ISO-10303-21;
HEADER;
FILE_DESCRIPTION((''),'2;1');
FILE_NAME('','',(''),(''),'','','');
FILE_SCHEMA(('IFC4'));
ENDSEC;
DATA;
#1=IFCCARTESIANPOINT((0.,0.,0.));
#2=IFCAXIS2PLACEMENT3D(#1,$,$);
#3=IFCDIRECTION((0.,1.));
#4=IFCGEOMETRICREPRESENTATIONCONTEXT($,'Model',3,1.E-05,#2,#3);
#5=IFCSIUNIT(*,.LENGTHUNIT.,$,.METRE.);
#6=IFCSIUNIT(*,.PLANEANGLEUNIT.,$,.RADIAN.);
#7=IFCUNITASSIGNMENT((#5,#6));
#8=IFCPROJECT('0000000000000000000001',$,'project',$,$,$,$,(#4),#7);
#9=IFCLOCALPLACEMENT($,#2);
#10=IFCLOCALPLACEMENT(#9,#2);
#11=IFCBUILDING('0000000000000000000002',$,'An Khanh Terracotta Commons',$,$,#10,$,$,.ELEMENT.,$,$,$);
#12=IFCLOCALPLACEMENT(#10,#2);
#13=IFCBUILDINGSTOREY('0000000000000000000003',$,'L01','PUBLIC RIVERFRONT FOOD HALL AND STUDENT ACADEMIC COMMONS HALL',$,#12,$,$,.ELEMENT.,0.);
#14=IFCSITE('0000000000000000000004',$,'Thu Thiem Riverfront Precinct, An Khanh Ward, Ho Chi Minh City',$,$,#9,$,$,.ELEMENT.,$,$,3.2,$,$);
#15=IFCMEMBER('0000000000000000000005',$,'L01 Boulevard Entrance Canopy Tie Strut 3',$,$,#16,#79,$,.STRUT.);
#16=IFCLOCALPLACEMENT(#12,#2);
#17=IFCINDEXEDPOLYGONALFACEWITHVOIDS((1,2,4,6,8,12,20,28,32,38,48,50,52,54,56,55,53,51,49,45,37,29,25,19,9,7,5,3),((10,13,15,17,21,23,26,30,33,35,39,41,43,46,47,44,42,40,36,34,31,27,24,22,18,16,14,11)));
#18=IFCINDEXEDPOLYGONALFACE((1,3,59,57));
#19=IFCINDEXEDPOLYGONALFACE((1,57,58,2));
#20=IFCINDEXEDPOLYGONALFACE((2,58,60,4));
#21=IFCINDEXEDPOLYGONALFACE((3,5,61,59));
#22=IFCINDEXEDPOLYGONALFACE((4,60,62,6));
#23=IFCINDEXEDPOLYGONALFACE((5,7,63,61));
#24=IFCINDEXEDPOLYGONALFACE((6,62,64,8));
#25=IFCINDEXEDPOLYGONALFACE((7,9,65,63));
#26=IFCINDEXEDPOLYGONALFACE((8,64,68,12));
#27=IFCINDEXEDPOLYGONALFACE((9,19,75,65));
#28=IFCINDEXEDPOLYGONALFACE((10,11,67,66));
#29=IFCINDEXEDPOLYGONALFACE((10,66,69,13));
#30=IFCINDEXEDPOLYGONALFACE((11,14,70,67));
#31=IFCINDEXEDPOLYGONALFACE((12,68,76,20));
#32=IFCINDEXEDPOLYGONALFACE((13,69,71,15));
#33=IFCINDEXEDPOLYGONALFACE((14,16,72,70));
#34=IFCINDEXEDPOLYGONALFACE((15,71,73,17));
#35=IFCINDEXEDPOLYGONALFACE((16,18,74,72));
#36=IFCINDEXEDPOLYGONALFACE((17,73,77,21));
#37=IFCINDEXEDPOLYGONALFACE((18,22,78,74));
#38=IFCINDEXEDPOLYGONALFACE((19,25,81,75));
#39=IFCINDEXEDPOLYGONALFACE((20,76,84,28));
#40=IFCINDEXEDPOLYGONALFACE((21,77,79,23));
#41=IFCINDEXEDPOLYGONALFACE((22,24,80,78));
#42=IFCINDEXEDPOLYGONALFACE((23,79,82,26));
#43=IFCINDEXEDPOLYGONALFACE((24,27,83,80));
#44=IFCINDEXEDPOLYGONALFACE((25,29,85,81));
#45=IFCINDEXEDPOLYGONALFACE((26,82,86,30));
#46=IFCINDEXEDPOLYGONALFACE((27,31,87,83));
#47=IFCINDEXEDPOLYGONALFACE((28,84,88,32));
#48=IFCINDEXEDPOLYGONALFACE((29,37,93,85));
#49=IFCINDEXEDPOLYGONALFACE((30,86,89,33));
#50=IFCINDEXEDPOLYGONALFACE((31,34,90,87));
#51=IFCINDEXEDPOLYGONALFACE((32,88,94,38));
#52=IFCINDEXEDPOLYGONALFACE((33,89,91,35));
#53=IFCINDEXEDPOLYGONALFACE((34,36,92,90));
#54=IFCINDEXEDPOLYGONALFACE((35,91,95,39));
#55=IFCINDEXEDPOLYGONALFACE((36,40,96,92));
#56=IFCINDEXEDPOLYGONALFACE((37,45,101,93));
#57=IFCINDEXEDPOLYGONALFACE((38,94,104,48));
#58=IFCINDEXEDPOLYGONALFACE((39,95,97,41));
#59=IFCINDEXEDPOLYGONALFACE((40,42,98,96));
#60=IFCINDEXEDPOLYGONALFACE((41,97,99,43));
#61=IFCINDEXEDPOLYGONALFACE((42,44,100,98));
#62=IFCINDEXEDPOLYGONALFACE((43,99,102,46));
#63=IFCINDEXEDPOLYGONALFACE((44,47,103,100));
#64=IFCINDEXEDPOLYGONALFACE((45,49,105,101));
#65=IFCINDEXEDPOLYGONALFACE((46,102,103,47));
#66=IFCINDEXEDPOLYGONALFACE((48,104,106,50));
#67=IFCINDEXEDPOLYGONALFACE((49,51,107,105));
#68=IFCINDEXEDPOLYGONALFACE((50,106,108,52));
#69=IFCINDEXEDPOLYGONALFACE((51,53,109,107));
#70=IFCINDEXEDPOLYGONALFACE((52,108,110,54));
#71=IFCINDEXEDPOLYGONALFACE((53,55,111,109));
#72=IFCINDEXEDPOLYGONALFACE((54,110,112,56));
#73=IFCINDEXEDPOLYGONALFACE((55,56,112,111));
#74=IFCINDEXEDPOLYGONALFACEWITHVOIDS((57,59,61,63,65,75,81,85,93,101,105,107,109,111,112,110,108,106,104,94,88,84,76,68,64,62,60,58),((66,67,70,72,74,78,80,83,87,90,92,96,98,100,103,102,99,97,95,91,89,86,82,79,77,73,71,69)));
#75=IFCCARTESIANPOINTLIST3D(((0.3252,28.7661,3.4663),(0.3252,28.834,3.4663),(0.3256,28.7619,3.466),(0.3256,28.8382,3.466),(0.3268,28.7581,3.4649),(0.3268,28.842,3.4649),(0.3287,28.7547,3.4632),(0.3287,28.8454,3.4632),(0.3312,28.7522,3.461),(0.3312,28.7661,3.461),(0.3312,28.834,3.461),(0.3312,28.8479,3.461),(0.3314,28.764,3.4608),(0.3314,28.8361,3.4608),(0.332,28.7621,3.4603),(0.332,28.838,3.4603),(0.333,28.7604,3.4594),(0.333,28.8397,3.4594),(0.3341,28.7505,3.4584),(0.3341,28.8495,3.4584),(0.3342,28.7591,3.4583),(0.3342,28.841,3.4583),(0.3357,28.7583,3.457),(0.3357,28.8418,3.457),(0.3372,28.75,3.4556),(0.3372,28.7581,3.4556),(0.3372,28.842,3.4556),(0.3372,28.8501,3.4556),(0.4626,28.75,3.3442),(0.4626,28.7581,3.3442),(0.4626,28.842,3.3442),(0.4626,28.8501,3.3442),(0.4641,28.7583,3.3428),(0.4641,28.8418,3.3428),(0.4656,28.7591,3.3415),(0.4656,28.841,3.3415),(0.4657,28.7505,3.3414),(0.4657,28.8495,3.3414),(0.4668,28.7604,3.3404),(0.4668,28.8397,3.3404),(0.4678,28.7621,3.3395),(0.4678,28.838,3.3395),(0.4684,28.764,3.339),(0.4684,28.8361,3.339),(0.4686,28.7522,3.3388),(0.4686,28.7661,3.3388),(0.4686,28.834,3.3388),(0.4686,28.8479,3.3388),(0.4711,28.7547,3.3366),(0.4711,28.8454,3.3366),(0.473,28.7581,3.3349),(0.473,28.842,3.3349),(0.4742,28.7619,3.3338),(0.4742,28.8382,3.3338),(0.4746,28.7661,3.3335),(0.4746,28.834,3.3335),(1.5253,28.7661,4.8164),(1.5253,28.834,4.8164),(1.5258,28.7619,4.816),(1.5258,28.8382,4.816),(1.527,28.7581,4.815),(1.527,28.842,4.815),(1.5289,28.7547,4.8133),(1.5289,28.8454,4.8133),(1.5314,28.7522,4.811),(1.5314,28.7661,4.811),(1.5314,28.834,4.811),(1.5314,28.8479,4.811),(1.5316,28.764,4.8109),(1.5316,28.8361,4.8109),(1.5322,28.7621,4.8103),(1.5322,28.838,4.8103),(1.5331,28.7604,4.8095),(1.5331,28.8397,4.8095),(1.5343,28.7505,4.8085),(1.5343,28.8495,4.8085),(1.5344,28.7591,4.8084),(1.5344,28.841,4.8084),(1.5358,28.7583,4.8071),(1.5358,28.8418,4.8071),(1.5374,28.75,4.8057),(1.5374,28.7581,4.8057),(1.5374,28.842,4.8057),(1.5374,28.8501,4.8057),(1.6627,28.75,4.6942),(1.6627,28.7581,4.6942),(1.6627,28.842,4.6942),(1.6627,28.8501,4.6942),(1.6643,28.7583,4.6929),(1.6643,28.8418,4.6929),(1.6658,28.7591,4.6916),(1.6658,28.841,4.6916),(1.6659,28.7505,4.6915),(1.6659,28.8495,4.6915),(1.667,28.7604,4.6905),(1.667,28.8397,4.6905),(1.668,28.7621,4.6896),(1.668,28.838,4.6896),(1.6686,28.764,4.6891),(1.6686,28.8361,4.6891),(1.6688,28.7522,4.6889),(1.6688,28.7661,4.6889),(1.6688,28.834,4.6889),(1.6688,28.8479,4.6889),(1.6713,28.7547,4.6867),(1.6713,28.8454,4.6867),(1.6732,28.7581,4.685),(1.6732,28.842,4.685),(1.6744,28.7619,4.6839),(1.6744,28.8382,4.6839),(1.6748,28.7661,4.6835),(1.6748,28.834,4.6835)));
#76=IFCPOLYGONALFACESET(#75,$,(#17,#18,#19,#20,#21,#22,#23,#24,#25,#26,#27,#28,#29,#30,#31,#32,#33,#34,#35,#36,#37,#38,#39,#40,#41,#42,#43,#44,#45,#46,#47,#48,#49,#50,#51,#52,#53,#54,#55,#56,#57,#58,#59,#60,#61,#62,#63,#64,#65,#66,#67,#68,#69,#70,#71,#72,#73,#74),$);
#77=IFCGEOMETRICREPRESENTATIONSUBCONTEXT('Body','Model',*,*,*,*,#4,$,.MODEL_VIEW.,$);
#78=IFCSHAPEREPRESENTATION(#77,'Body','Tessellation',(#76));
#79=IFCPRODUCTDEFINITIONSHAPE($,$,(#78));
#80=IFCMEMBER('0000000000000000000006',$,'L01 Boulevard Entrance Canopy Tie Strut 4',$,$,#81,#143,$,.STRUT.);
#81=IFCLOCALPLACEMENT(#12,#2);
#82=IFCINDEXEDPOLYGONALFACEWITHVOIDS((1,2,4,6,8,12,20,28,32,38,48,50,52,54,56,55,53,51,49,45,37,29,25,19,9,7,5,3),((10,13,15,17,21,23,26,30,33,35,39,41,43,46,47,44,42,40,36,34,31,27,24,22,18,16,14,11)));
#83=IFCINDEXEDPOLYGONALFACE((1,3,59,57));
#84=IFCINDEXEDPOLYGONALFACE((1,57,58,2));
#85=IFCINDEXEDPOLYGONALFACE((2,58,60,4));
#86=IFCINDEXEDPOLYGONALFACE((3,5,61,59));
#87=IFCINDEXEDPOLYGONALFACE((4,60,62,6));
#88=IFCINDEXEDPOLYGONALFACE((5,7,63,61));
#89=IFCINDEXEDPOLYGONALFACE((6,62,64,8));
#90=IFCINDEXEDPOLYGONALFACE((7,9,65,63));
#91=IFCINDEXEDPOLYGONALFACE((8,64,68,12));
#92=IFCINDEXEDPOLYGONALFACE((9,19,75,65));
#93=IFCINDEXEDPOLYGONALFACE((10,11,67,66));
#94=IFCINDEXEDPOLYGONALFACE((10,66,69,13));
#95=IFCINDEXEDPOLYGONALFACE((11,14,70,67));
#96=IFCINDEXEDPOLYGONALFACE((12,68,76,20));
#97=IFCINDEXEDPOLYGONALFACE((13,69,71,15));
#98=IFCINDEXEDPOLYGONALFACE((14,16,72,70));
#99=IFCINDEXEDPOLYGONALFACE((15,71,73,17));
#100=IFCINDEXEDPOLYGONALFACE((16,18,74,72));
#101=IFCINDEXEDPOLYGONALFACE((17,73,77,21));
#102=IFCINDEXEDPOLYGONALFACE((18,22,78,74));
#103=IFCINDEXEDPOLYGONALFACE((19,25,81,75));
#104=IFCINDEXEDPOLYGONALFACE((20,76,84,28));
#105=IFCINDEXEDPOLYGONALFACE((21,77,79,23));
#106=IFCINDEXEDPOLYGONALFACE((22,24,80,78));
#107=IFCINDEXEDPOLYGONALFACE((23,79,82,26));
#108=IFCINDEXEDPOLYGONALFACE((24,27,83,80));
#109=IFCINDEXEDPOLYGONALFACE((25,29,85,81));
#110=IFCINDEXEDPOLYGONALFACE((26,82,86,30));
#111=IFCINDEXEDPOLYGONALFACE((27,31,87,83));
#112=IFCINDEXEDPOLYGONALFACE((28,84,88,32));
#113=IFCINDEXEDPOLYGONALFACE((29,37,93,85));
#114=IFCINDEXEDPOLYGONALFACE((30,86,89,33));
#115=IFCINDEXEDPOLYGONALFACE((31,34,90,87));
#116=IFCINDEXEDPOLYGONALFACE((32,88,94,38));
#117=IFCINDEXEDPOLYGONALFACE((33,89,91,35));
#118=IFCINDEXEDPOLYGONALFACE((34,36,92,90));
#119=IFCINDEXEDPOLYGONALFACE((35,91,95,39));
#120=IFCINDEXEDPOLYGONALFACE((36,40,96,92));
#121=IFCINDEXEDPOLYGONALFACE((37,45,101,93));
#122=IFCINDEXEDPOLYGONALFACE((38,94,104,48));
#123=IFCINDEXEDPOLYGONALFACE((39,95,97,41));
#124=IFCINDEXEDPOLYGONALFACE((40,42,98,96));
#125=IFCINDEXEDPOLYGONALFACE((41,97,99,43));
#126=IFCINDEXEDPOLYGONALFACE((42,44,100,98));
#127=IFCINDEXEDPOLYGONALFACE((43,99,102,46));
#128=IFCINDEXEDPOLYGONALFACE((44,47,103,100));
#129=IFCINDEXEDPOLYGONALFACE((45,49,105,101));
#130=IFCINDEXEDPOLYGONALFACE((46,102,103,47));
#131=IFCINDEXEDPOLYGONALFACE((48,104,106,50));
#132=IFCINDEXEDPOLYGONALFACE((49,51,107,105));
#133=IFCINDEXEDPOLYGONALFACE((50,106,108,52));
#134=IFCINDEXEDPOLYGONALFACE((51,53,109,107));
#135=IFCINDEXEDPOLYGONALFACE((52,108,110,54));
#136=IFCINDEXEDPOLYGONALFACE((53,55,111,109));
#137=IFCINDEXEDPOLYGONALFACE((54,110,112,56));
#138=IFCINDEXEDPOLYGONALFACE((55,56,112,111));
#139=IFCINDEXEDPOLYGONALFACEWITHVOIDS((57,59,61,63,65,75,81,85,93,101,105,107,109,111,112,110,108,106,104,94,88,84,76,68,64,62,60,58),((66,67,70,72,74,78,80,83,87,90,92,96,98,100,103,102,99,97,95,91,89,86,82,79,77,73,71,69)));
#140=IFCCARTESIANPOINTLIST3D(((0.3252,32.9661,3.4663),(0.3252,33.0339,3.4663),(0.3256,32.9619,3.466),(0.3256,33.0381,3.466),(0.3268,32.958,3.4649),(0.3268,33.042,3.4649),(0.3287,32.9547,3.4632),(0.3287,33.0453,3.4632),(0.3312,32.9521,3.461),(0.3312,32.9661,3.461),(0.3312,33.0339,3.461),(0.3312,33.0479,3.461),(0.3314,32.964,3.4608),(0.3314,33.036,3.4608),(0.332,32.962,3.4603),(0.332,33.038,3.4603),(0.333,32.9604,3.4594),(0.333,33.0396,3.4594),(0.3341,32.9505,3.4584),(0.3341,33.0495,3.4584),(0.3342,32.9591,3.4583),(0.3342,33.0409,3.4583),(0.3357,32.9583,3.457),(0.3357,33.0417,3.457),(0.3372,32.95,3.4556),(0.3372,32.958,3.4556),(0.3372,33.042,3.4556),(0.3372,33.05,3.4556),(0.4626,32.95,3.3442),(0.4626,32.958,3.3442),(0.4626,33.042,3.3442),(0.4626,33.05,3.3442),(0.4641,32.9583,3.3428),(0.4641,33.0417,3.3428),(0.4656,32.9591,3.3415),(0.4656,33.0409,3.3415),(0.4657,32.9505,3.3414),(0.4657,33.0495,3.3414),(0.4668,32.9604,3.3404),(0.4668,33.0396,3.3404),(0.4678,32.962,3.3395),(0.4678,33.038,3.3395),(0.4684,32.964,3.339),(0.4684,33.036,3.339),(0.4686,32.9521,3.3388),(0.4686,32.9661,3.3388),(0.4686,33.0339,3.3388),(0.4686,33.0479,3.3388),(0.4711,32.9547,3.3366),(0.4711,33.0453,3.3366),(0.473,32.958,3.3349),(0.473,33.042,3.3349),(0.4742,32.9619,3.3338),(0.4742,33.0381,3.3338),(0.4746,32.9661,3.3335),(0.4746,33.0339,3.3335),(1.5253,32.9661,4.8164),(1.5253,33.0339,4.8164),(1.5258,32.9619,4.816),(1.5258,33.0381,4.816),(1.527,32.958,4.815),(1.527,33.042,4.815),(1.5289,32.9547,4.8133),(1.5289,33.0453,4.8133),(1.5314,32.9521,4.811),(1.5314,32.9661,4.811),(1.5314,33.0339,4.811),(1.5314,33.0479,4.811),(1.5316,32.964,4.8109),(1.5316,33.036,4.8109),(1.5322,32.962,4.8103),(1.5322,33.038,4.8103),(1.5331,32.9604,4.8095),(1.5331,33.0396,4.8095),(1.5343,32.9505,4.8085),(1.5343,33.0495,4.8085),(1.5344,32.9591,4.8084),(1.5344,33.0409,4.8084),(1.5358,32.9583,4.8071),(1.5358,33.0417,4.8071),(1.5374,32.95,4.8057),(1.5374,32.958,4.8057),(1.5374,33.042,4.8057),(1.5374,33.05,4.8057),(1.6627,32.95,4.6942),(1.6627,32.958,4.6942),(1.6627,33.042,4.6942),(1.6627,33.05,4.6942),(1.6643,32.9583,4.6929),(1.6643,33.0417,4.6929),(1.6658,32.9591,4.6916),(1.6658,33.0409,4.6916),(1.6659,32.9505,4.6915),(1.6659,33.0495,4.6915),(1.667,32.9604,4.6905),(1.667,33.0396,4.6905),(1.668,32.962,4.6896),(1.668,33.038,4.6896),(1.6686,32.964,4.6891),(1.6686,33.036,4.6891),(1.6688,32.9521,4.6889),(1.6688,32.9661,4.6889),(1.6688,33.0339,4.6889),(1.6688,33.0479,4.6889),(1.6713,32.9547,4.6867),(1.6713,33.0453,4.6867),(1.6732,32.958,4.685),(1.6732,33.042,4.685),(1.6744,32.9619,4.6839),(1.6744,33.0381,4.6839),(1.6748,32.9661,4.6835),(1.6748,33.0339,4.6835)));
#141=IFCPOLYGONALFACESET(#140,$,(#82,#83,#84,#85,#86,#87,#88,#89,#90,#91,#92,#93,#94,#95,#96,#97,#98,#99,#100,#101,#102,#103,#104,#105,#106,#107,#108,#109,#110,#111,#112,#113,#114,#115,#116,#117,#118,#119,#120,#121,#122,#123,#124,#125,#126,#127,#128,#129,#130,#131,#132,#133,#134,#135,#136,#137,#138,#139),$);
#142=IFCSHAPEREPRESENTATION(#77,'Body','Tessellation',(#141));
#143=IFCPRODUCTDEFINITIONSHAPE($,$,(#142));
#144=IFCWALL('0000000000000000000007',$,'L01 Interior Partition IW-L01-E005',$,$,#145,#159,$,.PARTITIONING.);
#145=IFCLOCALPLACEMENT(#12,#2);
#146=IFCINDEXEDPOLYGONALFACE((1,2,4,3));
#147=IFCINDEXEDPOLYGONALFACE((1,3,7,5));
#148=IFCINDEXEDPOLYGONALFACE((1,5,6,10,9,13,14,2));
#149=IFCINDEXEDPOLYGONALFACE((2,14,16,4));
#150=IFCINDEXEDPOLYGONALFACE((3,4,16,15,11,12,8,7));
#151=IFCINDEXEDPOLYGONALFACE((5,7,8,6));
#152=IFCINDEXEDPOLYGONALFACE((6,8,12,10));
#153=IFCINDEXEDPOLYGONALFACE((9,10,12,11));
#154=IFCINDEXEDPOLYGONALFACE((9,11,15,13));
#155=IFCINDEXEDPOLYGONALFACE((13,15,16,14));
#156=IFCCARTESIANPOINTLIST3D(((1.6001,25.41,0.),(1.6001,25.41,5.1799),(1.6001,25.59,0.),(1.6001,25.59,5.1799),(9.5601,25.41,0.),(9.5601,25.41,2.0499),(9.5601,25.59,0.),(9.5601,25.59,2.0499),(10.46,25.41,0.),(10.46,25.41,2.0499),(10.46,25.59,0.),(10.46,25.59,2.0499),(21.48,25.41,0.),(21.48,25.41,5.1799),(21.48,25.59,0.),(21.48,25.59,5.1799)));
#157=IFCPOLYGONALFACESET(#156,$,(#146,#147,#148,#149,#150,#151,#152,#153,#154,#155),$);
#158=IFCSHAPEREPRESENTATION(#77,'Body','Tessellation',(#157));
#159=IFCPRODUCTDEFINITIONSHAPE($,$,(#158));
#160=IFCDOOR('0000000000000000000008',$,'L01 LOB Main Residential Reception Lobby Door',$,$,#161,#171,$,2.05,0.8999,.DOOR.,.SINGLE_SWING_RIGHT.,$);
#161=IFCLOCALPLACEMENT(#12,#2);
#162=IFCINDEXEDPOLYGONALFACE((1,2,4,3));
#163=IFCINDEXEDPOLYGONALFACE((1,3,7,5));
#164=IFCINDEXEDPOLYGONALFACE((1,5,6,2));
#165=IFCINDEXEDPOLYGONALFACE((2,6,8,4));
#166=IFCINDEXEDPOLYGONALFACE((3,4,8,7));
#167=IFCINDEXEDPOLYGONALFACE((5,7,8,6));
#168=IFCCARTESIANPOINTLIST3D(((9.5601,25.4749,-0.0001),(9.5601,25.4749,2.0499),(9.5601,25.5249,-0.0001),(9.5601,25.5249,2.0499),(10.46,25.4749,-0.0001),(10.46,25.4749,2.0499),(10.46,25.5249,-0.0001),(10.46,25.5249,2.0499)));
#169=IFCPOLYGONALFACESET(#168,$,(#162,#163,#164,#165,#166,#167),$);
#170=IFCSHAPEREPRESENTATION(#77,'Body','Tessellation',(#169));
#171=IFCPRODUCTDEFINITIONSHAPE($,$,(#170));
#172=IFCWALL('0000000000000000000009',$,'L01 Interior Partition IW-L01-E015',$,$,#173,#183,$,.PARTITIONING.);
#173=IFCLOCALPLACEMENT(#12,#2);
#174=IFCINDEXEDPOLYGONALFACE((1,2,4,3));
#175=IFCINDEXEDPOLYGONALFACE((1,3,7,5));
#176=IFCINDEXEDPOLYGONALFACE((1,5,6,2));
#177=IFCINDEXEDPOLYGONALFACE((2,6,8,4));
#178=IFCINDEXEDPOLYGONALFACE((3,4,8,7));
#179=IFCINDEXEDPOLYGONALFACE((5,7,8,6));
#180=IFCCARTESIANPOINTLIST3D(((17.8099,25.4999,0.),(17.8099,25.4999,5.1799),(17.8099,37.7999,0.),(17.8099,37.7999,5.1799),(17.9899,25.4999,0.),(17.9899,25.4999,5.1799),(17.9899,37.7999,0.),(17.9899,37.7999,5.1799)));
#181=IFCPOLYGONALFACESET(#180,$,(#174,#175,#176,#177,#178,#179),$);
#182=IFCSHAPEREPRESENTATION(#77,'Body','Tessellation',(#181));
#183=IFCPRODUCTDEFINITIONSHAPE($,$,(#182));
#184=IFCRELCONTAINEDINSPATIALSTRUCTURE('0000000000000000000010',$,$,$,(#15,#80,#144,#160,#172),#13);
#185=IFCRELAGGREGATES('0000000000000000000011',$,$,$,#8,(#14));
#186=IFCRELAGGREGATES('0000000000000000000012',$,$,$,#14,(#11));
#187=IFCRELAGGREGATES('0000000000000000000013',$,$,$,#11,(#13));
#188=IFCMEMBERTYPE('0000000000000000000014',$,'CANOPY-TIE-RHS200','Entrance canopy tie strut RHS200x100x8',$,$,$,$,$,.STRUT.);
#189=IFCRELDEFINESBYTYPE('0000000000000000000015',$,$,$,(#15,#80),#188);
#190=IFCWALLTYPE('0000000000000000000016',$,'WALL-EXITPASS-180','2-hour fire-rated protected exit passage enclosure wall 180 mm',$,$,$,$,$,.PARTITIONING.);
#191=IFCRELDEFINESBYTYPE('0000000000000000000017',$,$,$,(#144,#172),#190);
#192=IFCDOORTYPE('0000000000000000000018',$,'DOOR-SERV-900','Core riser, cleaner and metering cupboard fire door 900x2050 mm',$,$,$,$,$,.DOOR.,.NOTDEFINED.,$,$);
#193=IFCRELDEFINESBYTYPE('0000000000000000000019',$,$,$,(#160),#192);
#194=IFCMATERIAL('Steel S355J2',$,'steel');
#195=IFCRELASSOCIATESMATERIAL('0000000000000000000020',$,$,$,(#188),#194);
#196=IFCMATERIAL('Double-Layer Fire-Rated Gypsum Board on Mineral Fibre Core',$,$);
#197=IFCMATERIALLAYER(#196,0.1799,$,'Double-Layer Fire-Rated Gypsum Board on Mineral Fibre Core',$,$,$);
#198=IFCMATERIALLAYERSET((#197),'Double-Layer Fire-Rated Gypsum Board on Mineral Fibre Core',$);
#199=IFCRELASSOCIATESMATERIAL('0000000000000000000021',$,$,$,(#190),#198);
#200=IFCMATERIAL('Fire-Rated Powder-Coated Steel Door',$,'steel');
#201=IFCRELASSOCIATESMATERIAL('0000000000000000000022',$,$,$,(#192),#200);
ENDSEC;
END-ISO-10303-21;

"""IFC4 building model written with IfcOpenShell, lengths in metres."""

from ifc_helpers import new_model, si_unit, direction, frame, frame_2d, origin, origin_2d, place, context, subcontext, project, spatial, rectangle, hollow_rectangle, extrude, material, layer, layer_set, material_profile, profile_set, type_object, element, fill, save


model = new_model("IFC4")

# Units and contexts
model_context = context("Model", 3, precision=1e-05, world=origin(), true_north=direction((0.0, 1.0)))
body_context = subcontext(model_context, "Body", "Model", "MODEL_VIEW")
ifc_project = project(units=[si_unit("LENGTHUNIT", "METRE"), si_unit("PLANEANGLEUNIT", "RADIAN")], contexts=[model_context])

# Site, building, storey
site_placement = place(None, origin())
site = spatial("IfcSite", under=ifc_project, at=site_placement, Name="Thu Thiem Riverfront Precinct, An Khanh Ward, Ho Chi Minh City", CompositionType="ELEMENT", RefElevation=3.2)
building_placement = place(site_placement, origin())
building = spatial("IfcBuilding", under=site, at=building_placement, Name="An Khanh Terracotta Commons", CompositionType="ELEMENT")
storey_placement = place(building_placement, origin())
storey = spatial("IfcBuildingStorey", under=building, at=storey_placement, Name="L01", Description="PUBLIC RIVERFRONT FOOD HALL AND STUDENT ACADEMIC COMMONS HALL", CompositionType="ELEMENT", Elevation=0.0)

# Shared definitions
ifc_material_1 = material(Name="Steel S355J2", Category="steel")

# Members
ifc_material_profile_1 = material_profile(ifc_material_1, hollow_rectangle(XDim=0.1001, YDim=0.2, WallThickness=0.0081, InnerFilletRadius=0.0081, OuterFilletRadius=0.0161, at=origin_2d()), Name="RHS200x100x8")
ifc_profile_set_1 = profile_set([ifc_material_profile_1], Name="Steel S355J2")
member_type = type_object("IfcMemberType", Name="CANOPY-TIE-RHS200", Description="Entrance canopy tie strut RHS200x100x8", PredefinedType="STRUT", material=ifc_profile_set_1)
for number, where, z_axis, x_axis, name in (
    (1, (0.3999, 28.8, 3.3999), (0.664397, 0.0, 0.747379), (0.0, 1.0, 0.0), "L01 Boulevard Entrance Canopy Tie Strut 3"),
    (2, (0.3999, 33.0, 3.3999), (0.664397, 0.0, 0.747379), (0.0, 1.0, 0.0), "L01 Boulevard Entrance Canopy Tie Strut 4"),
):
    element("IfcMember", number, at=place(storey_placement, frame(where, z_axis=z_axis, x_axis=x_axis)), inside=storey, type_object=member_type, Name=name, PredefinedType="STRUT", context=body_context, shape_type="SweptSolid", body=[
        extrude(hollow_rectangle(XDim=0.1001, YDim=0.2, WallThickness=0.0081, InnerFilletRadius=0.0081, OuterFilletRadius=0.0161, at=origin_2d()), origin(), (0.0, 0.0, 1.0), 1.8064),
    ])

# Wall, opening, door
ifc_material_2 = material(Name="Double-Layer Fire-Rated Gypsum Board on Mineral Fibre Core")
ifc_layer_1 = layer(ifc_material_2, 0.1799, Name="Double-Layer Fire-Rated Gypsum Board on Mineral Fibre Core")
ifc_layer_set_1 = layer_set([ifc_layer_1], Name="Double-Layer Fire-Rated Gypsum Board on Mineral Fibre Core")
wall_type = type_object("IfcWallType", Name="WALL-EXITPASS-180", Description="2-hour fire-rated protected exit passage enclosure wall 180 mm", PredefinedType="PARTITIONING", material=ifc_layer_set_1)
wall_1_placement = place(storey_placement, frame((1.6001, 25.5, 0.0), z_axis=(0.0, 0.0, 1.0), x_axis=(1.0, 0.0, 0.0)))
wall_1 = element("IfcWall", 3, at=wall_1_placement, inside=storey, type_object=wall_type, Name="L01 Interior Partition IW-L01-E005", PredefinedType="PARTITIONING", context=body_context, shape_type="SweptSolid", body=[
    extrude(rectangle(XDim=19.8799, YDim=0.1799, at=frame_2d((9.9399, 0.0))), origin(), (0.0, 0.0, 1.0), 5.1799),
])
opening_placement = place(wall_1_placement, frame((7.96, 0.0, 0.0)))
opening = element("IfcOpeningElement", 4, at=opening_placement, cuts=wall_1, PredefinedType="OPENING", context=body_context, shape_type="SweptSolid", body=[
    extrude(rectangle(XDim=0.8999, YDim=2.05, at=frame_2d((0.45, 1.0249))), frame((0.0, 0.0999, 0.0), z_axis=(0.0, -1.0, 0.0), x_axis=(1.0, 0.0, 0.0)), (0.0, 0.0, 1.0), 0.2),
])
ifc_material_3 = material(Name="Fire-Rated Powder-Coated Steel Door", Category="steel")
door_type = type_object("IfcDoorType", Name="DOOR-SERV-900", Description="Core riser, cleaner and metering cupboard fire door 900x2050 mm", OperationType="NOTDEFINED", PredefinedType="DOOR", material=ifc_material_3)
door_placement = place(opening_placement, origin())
door = element("IfcDoor", 5, at=door_placement, inside=storey, type_object=door_type, Name="L01 LOB Main Residential Reception Lobby Door", OperationType="SINGLE_SWING_RIGHT", OverallHeight=2.05, OverallWidth=0.8999, PredefinedType="DOOR", context=body_context, shape_type="SweptSolid", body=[
    extrude(rectangle(XDim=0.8999, YDim=2.05, at=frame_2d((0.45, 1.0249))), frame((0.0, 0.0249, 0.0), z_axis=(0.0, -1.0, 0.0), x_axis=(1.0, 0.0, 0.0)), (0.0, 0.0, 1.0), 0.05),
])
fill(opening, door)

# Wall
wall_2_placement = place(storey_placement, frame((17.8999, 25.5, 0.0), z_axis=(0.0, 0.0, 1.0), x_axis=(0.0, 1.0, 0.0)))
element("IfcWall", 6, at=wall_2_placement, inside=storey, type_object=wall_type, Name="L01 Interior Partition IW-L01-E015", PredefinedType="PARTITIONING", context=body_context, shape_type="SweptSolid", body=[
    extrude(rectangle(XDim=12.3, YDim=0.1799, at=frame_2d((6.1499, 0.0))), origin(), (0.0, 0.0, 1.0), 5.1799),
])

save(model, "model.ifc")
